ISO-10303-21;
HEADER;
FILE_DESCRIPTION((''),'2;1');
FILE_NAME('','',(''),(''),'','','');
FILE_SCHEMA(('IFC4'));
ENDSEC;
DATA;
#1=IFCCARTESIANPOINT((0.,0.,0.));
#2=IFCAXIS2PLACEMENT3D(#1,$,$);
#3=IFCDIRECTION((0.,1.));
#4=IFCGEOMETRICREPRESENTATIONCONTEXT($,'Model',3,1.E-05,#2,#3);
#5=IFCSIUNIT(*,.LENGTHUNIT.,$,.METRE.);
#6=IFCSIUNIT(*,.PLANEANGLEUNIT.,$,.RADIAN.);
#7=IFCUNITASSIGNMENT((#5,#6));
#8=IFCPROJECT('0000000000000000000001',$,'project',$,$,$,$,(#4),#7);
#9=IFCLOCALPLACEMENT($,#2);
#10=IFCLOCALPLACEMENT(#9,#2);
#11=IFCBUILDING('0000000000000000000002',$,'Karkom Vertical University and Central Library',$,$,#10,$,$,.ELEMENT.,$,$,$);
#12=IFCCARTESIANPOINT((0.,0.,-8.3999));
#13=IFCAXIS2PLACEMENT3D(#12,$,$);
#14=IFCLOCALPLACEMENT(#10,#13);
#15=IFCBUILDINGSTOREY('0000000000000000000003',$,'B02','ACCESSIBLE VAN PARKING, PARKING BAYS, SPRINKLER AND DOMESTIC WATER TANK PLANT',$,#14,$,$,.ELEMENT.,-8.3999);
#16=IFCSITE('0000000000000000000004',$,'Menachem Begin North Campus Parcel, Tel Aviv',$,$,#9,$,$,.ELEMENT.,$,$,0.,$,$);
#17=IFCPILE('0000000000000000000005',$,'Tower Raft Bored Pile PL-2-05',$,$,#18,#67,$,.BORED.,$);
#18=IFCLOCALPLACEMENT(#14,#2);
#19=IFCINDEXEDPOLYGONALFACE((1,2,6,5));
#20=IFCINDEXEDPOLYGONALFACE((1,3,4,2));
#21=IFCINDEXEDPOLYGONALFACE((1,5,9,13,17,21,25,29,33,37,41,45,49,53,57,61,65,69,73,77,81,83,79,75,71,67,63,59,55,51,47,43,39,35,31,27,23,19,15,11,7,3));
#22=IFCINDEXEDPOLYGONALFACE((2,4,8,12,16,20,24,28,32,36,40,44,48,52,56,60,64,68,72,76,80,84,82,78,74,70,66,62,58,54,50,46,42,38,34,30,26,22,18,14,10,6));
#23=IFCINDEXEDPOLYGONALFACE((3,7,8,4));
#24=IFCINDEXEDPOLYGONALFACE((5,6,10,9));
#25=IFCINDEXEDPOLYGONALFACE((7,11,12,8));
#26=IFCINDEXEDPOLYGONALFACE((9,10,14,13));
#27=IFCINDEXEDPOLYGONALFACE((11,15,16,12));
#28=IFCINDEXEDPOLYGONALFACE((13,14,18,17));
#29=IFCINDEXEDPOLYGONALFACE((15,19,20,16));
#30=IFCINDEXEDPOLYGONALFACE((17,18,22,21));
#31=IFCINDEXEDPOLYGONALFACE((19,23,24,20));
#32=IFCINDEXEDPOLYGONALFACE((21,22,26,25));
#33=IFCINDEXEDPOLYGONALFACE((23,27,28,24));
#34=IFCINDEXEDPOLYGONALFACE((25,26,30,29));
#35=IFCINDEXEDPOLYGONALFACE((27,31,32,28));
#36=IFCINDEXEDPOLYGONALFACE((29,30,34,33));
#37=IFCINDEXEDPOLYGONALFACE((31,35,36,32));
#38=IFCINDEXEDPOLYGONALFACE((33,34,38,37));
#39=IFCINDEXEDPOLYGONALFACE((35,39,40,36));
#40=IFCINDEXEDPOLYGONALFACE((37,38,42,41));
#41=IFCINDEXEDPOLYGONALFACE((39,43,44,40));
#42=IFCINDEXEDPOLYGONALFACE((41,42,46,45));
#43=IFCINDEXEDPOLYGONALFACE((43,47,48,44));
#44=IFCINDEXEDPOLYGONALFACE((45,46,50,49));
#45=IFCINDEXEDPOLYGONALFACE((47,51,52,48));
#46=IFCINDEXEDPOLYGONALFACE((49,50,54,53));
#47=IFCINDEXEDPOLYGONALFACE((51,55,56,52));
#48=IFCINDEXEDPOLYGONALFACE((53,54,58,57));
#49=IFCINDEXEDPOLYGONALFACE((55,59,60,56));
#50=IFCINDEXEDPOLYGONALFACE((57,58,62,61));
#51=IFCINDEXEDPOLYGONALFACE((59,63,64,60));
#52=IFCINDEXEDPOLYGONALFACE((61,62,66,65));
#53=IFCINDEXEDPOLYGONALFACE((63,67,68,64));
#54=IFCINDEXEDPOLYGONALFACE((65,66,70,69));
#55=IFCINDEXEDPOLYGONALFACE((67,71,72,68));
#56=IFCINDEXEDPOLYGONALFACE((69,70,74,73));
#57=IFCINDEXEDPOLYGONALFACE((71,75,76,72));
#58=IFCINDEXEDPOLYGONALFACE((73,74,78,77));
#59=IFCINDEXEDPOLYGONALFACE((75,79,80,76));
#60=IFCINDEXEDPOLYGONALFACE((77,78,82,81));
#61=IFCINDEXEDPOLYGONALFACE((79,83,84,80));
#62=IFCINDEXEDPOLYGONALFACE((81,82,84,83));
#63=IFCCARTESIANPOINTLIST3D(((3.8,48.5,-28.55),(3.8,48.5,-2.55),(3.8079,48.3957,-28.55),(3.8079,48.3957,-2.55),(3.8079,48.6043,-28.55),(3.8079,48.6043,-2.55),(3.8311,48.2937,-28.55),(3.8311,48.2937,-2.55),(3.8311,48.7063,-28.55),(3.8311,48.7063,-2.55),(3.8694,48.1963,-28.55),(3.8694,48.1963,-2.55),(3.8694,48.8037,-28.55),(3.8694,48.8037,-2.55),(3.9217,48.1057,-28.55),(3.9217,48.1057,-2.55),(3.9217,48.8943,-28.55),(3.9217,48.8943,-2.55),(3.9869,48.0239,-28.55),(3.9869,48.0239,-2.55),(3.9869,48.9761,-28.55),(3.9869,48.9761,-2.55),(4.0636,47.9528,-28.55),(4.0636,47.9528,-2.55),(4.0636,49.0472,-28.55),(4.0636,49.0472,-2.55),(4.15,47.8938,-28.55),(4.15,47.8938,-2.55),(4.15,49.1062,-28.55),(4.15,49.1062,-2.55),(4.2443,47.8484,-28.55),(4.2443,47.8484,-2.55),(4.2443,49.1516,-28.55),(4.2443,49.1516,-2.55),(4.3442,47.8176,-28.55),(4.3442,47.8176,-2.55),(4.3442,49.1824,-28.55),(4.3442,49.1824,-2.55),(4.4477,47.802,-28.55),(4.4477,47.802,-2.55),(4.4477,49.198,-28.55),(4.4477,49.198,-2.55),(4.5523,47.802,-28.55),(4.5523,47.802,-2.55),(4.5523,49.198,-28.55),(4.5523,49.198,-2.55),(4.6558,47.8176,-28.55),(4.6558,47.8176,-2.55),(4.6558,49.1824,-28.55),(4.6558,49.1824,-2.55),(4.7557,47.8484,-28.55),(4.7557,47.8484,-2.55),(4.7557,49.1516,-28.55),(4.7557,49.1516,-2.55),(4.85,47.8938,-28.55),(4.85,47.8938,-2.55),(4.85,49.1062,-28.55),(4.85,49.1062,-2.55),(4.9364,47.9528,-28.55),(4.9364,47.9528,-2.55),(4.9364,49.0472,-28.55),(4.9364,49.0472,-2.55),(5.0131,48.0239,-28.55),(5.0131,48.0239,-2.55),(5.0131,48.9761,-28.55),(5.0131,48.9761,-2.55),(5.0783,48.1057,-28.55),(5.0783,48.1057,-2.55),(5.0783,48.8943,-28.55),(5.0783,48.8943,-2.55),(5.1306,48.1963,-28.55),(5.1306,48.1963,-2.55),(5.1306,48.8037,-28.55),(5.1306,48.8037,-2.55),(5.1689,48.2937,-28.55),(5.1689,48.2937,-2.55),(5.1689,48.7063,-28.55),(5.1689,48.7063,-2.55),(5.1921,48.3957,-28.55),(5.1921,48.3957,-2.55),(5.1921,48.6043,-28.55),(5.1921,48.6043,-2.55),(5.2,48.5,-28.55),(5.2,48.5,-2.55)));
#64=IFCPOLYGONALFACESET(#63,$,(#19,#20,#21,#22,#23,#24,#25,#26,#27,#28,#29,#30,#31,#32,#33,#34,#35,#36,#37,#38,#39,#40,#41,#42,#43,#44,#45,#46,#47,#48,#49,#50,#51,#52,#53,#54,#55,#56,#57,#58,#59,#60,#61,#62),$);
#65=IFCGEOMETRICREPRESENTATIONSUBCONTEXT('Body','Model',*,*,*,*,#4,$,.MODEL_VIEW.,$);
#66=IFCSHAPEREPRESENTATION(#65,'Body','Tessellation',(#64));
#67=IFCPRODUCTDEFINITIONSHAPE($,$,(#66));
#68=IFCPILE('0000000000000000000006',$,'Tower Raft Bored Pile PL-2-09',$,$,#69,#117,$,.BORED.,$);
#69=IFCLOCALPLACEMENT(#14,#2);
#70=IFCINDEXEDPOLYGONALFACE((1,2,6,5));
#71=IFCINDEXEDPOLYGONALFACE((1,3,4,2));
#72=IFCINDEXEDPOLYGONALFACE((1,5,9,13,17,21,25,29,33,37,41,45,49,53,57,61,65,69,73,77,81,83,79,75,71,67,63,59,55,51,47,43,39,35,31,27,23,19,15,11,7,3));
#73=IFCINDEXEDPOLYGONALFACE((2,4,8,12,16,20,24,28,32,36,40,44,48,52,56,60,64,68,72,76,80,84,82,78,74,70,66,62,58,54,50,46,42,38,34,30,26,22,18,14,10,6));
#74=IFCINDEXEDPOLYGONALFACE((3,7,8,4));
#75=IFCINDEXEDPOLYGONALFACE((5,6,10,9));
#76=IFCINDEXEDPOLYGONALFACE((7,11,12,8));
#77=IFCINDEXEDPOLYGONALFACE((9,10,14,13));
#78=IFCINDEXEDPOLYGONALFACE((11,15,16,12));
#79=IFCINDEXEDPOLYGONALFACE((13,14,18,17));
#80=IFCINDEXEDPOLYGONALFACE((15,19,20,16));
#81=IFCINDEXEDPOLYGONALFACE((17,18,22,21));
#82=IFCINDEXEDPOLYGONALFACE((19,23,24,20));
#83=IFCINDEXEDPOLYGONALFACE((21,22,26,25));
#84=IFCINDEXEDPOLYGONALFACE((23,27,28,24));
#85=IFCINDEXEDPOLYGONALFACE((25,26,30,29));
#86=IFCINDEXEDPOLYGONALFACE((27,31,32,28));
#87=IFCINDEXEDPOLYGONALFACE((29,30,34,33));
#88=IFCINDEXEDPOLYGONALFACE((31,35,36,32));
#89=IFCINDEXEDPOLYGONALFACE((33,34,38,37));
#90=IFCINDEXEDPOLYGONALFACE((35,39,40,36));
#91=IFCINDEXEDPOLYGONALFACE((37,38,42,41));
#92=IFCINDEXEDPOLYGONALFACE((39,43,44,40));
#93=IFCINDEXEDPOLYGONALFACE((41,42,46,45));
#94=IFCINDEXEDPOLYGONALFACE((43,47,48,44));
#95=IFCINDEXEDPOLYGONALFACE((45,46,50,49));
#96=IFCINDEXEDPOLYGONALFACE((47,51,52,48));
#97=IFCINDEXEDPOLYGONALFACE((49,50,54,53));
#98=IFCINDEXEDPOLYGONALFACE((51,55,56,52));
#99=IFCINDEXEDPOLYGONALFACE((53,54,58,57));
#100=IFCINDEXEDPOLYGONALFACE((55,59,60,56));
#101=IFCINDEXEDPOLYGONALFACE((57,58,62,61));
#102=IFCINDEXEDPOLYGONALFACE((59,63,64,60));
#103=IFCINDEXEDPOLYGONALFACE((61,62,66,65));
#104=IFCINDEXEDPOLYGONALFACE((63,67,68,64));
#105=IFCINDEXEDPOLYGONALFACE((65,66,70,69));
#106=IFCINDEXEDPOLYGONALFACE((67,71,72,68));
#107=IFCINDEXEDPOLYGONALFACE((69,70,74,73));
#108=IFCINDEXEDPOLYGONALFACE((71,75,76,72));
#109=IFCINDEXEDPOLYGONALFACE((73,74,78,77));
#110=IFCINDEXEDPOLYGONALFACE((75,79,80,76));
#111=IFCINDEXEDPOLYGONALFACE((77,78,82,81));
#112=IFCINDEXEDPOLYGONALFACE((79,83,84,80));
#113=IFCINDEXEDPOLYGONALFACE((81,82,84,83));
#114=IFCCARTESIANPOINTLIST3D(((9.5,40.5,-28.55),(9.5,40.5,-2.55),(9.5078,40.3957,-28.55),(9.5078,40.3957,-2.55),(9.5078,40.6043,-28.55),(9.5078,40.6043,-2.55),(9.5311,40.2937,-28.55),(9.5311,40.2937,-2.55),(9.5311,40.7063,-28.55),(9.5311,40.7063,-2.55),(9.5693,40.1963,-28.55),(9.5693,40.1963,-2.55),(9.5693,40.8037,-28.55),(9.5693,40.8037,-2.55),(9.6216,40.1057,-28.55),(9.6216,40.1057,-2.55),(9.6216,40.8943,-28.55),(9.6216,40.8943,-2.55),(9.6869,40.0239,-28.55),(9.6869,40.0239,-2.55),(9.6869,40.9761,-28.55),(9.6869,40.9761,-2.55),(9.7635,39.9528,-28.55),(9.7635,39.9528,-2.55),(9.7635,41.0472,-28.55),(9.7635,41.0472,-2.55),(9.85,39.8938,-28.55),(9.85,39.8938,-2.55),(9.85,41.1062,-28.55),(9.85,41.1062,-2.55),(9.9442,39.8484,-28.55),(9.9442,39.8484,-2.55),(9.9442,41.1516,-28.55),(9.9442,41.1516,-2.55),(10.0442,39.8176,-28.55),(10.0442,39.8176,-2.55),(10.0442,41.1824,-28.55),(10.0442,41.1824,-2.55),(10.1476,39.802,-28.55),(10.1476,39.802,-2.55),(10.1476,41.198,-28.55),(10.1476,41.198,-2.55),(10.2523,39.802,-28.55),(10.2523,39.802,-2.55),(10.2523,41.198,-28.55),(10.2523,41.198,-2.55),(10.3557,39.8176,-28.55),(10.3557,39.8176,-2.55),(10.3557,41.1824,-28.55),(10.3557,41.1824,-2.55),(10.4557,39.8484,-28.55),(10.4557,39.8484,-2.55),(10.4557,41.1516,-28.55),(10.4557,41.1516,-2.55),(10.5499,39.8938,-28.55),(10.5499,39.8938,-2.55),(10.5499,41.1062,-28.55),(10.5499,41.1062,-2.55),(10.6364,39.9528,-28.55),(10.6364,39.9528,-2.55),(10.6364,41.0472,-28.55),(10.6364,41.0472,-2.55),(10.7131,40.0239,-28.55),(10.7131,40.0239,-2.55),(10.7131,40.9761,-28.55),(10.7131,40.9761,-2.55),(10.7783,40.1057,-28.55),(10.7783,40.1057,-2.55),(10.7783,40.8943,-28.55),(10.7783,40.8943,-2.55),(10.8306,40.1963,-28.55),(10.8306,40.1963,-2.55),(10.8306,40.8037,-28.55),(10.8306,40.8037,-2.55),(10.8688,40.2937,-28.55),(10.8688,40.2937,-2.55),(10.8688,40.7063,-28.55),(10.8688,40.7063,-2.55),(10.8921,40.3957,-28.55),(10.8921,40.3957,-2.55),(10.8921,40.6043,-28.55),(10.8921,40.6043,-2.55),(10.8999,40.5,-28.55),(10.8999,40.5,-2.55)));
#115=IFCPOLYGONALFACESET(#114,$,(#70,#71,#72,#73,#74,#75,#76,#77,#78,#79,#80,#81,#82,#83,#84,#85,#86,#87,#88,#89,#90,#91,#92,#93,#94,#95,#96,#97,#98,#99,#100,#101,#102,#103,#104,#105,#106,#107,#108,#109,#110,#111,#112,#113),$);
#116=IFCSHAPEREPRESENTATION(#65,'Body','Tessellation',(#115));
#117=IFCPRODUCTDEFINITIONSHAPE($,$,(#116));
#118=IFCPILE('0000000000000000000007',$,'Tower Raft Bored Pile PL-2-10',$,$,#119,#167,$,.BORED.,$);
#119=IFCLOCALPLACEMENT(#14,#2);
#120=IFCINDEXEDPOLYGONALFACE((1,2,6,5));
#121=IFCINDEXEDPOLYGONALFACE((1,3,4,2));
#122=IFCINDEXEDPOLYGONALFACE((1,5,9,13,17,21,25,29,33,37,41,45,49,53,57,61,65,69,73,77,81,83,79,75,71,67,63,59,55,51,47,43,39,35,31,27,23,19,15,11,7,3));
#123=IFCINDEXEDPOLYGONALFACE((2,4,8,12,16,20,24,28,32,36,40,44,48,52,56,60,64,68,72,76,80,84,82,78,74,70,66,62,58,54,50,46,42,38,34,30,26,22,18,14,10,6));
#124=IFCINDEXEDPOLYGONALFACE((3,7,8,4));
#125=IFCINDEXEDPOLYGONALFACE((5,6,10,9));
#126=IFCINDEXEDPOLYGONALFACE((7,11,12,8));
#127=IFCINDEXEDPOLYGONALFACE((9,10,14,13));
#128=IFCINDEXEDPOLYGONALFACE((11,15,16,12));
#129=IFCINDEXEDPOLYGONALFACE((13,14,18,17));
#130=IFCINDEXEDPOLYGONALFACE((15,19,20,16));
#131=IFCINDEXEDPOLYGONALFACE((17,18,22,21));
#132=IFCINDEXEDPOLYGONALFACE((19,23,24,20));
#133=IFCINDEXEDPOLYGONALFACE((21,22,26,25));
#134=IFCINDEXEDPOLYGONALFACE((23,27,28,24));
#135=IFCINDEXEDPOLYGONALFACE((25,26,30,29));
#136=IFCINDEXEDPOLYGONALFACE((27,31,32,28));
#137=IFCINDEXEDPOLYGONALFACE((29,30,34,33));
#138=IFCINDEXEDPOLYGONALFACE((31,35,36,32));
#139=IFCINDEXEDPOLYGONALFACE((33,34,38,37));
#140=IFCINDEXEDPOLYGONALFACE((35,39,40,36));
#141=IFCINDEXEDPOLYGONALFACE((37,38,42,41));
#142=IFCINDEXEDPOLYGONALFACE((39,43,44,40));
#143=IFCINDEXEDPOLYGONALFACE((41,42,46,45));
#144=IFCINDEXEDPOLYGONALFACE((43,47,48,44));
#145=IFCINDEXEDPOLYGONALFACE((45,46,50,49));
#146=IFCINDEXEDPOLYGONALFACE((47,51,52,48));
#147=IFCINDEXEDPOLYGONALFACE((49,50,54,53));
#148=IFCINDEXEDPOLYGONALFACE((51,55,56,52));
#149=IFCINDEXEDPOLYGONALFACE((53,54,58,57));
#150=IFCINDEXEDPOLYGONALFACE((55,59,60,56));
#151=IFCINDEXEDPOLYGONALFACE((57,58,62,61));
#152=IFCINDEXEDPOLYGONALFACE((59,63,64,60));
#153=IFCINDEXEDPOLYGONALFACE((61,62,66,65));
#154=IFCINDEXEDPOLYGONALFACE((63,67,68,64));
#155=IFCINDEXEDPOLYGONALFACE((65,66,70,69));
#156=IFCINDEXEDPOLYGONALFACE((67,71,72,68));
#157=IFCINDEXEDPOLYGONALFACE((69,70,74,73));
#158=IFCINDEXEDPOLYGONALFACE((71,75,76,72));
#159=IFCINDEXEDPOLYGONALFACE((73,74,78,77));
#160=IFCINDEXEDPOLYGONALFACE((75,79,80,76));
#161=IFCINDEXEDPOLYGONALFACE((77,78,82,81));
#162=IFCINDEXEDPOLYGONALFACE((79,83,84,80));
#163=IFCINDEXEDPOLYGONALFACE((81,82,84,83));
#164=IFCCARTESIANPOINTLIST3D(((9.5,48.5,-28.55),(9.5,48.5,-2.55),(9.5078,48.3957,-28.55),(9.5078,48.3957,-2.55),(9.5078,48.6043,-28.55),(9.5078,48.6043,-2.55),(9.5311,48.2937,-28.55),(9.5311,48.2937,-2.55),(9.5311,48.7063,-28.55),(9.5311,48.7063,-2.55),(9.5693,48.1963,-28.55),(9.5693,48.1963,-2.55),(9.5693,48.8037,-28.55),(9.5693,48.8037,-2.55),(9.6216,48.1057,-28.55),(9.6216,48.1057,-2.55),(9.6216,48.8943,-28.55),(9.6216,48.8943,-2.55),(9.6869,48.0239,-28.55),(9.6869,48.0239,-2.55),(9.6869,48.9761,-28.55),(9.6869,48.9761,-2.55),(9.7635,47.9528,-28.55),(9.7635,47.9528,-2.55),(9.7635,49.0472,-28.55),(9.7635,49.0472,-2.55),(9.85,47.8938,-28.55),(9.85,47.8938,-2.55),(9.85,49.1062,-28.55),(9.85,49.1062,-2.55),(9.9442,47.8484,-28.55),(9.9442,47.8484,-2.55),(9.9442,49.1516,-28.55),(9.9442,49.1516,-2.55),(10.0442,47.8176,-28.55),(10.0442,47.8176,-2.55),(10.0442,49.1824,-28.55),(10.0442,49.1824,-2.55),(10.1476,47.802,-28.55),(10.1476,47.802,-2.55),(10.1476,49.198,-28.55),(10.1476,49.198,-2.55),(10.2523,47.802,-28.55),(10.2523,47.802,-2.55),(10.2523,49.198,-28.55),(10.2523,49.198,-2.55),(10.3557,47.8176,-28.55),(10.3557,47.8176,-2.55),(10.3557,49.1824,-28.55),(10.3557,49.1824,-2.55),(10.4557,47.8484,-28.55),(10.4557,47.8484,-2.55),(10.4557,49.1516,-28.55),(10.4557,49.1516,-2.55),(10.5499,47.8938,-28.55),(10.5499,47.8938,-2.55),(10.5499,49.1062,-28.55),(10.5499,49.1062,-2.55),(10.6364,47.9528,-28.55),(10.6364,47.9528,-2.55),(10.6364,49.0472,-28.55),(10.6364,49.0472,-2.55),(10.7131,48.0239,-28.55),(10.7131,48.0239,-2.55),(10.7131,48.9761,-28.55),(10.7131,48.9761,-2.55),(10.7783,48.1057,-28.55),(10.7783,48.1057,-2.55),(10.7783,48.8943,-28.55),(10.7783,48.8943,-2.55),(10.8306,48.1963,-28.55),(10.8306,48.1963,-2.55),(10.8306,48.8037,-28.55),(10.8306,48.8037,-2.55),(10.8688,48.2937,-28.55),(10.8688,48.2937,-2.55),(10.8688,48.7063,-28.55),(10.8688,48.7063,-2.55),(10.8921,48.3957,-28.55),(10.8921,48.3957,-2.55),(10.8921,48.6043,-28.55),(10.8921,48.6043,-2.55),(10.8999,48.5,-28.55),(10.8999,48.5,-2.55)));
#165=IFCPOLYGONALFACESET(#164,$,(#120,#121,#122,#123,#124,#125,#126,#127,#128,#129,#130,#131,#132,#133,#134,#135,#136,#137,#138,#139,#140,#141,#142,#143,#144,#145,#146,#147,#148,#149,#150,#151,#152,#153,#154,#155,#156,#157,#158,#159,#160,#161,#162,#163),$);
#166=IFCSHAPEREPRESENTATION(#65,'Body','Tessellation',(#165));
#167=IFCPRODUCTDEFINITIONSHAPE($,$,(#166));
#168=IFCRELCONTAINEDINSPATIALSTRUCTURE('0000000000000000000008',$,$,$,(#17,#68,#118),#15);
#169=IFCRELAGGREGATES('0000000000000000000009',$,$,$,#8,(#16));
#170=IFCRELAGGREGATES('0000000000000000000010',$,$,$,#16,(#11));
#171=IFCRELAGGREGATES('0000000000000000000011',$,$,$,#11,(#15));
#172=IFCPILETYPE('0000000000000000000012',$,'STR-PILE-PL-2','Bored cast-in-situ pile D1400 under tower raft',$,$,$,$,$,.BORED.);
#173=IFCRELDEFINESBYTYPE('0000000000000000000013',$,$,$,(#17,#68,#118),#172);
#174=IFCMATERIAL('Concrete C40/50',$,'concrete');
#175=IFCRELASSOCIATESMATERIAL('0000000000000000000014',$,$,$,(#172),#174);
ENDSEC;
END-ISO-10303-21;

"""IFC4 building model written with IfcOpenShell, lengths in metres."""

from ifc_helpers import new_model, si_unit, direction, frame, origin, origin_with_axes, origin_2d, place, context, subcontext, project, spatial, circle, extrude, source, transform, mapped, material, material_profile, profile_set, type_object, element, save


model = new_model("IFC4")

# Units and contexts
model_context = context("Model", 3, precision=1e-05, world=origin(), true_north=direction((0.0, 1.0)))
body_context = subcontext(model_context, "Body", "Model", "MODEL_VIEW")
ifc_project = project(units=[si_unit("LENGTHUNIT", "METRE"), si_unit("PLANEANGLEUNIT", "RADIAN")], contexts=[model_context])

# Site, building, storey
site_placement = place(None, origin())
site = spatial("IfcSite", under=ifc_project, at=site_placement, Name="Menachem Begin North Campus Parcel, Tel Aviv", CompositionType="ELEMENT", RefElevation=0.0)
building_placement = place(site_placement, origin())
building = spatial("IfcBuilding", under=site, at=building_placement, Name="Karkom Vertical University and Central Library", CompositionType="ELEMENT")
storey_placement = place(building_placement, frame((0.0, 0.0, -8.3999)))
storey = spatial("IfcBuildingStorey", under=building, at=storey_placement, Name="B02", Description="ACCESSIBLE VAN PARKING, PARKING BAYS, SPRINKLER AND DOMESTIC WATER TANK PLANT", CompositionType="ELEMENT", Elevation=-8.3999)

# Piles
ifc_material_1 = material(Name="Concrete C40/50", Category="concrete")
ifc_material_profile_1 = material_profile(ifc_material_1, circle(Radius=0.7, at=origin_2d()), Name="PILE-D1400")
ifc_profile_set_1 = profile_set([ifc_material_profile_1], Name="Concrete C40/50")
pile_type_1 = type_object("IfcPileType", Name="STR-PILE-PL-2", Description="Bored cast-in-situ pile D1400 under tower raft", PredefinedType="BORED", material=ifc_profile_set_1)
shared_shape_1 = source(origin_with_axes(), body_context, "Body", "SweptSolid", [
    extrude(circle(Radius=0.7, at=origin_2d()), origin(), (0.0, 0.0, 1.0), 26.0),
])
for number, where, z_axis, x_axis, name in (
    (1, (4.5, 48.5, -2.55), (0.0, 0.0, -1.0), (1.0, 0.0, 0.0), "Tower Raft Bored Pile PL-2-05"),
    (2, (10.2, 40.5, -2.55), (0.0, 0.0, -1.0), (1.0, 0.0, 0.0), "Tower Raft Bored Pile PL-2-09"),
    (3, (10.2, 48.5, -2.55), (0.0, 0.0, -1.0), (1.0, 0.0, 0.0), "Tower Raft Bored Pile PL-2-10"),
):
    element("IfcPile", number, at=place(storey_placement, frame(where, z_axis=z_axis, x_axis=x_axis)), inside=storey, type_object=pile_type_1, Name=name, PredefinedType="BORED", context=body_context, shape_type="MappedRepresentation", body=[
        mapped(shared_shape_1, transform((0.0, 0.0, 0.0), scale=1.0)),
    ])

save(model, "model.ifc")
